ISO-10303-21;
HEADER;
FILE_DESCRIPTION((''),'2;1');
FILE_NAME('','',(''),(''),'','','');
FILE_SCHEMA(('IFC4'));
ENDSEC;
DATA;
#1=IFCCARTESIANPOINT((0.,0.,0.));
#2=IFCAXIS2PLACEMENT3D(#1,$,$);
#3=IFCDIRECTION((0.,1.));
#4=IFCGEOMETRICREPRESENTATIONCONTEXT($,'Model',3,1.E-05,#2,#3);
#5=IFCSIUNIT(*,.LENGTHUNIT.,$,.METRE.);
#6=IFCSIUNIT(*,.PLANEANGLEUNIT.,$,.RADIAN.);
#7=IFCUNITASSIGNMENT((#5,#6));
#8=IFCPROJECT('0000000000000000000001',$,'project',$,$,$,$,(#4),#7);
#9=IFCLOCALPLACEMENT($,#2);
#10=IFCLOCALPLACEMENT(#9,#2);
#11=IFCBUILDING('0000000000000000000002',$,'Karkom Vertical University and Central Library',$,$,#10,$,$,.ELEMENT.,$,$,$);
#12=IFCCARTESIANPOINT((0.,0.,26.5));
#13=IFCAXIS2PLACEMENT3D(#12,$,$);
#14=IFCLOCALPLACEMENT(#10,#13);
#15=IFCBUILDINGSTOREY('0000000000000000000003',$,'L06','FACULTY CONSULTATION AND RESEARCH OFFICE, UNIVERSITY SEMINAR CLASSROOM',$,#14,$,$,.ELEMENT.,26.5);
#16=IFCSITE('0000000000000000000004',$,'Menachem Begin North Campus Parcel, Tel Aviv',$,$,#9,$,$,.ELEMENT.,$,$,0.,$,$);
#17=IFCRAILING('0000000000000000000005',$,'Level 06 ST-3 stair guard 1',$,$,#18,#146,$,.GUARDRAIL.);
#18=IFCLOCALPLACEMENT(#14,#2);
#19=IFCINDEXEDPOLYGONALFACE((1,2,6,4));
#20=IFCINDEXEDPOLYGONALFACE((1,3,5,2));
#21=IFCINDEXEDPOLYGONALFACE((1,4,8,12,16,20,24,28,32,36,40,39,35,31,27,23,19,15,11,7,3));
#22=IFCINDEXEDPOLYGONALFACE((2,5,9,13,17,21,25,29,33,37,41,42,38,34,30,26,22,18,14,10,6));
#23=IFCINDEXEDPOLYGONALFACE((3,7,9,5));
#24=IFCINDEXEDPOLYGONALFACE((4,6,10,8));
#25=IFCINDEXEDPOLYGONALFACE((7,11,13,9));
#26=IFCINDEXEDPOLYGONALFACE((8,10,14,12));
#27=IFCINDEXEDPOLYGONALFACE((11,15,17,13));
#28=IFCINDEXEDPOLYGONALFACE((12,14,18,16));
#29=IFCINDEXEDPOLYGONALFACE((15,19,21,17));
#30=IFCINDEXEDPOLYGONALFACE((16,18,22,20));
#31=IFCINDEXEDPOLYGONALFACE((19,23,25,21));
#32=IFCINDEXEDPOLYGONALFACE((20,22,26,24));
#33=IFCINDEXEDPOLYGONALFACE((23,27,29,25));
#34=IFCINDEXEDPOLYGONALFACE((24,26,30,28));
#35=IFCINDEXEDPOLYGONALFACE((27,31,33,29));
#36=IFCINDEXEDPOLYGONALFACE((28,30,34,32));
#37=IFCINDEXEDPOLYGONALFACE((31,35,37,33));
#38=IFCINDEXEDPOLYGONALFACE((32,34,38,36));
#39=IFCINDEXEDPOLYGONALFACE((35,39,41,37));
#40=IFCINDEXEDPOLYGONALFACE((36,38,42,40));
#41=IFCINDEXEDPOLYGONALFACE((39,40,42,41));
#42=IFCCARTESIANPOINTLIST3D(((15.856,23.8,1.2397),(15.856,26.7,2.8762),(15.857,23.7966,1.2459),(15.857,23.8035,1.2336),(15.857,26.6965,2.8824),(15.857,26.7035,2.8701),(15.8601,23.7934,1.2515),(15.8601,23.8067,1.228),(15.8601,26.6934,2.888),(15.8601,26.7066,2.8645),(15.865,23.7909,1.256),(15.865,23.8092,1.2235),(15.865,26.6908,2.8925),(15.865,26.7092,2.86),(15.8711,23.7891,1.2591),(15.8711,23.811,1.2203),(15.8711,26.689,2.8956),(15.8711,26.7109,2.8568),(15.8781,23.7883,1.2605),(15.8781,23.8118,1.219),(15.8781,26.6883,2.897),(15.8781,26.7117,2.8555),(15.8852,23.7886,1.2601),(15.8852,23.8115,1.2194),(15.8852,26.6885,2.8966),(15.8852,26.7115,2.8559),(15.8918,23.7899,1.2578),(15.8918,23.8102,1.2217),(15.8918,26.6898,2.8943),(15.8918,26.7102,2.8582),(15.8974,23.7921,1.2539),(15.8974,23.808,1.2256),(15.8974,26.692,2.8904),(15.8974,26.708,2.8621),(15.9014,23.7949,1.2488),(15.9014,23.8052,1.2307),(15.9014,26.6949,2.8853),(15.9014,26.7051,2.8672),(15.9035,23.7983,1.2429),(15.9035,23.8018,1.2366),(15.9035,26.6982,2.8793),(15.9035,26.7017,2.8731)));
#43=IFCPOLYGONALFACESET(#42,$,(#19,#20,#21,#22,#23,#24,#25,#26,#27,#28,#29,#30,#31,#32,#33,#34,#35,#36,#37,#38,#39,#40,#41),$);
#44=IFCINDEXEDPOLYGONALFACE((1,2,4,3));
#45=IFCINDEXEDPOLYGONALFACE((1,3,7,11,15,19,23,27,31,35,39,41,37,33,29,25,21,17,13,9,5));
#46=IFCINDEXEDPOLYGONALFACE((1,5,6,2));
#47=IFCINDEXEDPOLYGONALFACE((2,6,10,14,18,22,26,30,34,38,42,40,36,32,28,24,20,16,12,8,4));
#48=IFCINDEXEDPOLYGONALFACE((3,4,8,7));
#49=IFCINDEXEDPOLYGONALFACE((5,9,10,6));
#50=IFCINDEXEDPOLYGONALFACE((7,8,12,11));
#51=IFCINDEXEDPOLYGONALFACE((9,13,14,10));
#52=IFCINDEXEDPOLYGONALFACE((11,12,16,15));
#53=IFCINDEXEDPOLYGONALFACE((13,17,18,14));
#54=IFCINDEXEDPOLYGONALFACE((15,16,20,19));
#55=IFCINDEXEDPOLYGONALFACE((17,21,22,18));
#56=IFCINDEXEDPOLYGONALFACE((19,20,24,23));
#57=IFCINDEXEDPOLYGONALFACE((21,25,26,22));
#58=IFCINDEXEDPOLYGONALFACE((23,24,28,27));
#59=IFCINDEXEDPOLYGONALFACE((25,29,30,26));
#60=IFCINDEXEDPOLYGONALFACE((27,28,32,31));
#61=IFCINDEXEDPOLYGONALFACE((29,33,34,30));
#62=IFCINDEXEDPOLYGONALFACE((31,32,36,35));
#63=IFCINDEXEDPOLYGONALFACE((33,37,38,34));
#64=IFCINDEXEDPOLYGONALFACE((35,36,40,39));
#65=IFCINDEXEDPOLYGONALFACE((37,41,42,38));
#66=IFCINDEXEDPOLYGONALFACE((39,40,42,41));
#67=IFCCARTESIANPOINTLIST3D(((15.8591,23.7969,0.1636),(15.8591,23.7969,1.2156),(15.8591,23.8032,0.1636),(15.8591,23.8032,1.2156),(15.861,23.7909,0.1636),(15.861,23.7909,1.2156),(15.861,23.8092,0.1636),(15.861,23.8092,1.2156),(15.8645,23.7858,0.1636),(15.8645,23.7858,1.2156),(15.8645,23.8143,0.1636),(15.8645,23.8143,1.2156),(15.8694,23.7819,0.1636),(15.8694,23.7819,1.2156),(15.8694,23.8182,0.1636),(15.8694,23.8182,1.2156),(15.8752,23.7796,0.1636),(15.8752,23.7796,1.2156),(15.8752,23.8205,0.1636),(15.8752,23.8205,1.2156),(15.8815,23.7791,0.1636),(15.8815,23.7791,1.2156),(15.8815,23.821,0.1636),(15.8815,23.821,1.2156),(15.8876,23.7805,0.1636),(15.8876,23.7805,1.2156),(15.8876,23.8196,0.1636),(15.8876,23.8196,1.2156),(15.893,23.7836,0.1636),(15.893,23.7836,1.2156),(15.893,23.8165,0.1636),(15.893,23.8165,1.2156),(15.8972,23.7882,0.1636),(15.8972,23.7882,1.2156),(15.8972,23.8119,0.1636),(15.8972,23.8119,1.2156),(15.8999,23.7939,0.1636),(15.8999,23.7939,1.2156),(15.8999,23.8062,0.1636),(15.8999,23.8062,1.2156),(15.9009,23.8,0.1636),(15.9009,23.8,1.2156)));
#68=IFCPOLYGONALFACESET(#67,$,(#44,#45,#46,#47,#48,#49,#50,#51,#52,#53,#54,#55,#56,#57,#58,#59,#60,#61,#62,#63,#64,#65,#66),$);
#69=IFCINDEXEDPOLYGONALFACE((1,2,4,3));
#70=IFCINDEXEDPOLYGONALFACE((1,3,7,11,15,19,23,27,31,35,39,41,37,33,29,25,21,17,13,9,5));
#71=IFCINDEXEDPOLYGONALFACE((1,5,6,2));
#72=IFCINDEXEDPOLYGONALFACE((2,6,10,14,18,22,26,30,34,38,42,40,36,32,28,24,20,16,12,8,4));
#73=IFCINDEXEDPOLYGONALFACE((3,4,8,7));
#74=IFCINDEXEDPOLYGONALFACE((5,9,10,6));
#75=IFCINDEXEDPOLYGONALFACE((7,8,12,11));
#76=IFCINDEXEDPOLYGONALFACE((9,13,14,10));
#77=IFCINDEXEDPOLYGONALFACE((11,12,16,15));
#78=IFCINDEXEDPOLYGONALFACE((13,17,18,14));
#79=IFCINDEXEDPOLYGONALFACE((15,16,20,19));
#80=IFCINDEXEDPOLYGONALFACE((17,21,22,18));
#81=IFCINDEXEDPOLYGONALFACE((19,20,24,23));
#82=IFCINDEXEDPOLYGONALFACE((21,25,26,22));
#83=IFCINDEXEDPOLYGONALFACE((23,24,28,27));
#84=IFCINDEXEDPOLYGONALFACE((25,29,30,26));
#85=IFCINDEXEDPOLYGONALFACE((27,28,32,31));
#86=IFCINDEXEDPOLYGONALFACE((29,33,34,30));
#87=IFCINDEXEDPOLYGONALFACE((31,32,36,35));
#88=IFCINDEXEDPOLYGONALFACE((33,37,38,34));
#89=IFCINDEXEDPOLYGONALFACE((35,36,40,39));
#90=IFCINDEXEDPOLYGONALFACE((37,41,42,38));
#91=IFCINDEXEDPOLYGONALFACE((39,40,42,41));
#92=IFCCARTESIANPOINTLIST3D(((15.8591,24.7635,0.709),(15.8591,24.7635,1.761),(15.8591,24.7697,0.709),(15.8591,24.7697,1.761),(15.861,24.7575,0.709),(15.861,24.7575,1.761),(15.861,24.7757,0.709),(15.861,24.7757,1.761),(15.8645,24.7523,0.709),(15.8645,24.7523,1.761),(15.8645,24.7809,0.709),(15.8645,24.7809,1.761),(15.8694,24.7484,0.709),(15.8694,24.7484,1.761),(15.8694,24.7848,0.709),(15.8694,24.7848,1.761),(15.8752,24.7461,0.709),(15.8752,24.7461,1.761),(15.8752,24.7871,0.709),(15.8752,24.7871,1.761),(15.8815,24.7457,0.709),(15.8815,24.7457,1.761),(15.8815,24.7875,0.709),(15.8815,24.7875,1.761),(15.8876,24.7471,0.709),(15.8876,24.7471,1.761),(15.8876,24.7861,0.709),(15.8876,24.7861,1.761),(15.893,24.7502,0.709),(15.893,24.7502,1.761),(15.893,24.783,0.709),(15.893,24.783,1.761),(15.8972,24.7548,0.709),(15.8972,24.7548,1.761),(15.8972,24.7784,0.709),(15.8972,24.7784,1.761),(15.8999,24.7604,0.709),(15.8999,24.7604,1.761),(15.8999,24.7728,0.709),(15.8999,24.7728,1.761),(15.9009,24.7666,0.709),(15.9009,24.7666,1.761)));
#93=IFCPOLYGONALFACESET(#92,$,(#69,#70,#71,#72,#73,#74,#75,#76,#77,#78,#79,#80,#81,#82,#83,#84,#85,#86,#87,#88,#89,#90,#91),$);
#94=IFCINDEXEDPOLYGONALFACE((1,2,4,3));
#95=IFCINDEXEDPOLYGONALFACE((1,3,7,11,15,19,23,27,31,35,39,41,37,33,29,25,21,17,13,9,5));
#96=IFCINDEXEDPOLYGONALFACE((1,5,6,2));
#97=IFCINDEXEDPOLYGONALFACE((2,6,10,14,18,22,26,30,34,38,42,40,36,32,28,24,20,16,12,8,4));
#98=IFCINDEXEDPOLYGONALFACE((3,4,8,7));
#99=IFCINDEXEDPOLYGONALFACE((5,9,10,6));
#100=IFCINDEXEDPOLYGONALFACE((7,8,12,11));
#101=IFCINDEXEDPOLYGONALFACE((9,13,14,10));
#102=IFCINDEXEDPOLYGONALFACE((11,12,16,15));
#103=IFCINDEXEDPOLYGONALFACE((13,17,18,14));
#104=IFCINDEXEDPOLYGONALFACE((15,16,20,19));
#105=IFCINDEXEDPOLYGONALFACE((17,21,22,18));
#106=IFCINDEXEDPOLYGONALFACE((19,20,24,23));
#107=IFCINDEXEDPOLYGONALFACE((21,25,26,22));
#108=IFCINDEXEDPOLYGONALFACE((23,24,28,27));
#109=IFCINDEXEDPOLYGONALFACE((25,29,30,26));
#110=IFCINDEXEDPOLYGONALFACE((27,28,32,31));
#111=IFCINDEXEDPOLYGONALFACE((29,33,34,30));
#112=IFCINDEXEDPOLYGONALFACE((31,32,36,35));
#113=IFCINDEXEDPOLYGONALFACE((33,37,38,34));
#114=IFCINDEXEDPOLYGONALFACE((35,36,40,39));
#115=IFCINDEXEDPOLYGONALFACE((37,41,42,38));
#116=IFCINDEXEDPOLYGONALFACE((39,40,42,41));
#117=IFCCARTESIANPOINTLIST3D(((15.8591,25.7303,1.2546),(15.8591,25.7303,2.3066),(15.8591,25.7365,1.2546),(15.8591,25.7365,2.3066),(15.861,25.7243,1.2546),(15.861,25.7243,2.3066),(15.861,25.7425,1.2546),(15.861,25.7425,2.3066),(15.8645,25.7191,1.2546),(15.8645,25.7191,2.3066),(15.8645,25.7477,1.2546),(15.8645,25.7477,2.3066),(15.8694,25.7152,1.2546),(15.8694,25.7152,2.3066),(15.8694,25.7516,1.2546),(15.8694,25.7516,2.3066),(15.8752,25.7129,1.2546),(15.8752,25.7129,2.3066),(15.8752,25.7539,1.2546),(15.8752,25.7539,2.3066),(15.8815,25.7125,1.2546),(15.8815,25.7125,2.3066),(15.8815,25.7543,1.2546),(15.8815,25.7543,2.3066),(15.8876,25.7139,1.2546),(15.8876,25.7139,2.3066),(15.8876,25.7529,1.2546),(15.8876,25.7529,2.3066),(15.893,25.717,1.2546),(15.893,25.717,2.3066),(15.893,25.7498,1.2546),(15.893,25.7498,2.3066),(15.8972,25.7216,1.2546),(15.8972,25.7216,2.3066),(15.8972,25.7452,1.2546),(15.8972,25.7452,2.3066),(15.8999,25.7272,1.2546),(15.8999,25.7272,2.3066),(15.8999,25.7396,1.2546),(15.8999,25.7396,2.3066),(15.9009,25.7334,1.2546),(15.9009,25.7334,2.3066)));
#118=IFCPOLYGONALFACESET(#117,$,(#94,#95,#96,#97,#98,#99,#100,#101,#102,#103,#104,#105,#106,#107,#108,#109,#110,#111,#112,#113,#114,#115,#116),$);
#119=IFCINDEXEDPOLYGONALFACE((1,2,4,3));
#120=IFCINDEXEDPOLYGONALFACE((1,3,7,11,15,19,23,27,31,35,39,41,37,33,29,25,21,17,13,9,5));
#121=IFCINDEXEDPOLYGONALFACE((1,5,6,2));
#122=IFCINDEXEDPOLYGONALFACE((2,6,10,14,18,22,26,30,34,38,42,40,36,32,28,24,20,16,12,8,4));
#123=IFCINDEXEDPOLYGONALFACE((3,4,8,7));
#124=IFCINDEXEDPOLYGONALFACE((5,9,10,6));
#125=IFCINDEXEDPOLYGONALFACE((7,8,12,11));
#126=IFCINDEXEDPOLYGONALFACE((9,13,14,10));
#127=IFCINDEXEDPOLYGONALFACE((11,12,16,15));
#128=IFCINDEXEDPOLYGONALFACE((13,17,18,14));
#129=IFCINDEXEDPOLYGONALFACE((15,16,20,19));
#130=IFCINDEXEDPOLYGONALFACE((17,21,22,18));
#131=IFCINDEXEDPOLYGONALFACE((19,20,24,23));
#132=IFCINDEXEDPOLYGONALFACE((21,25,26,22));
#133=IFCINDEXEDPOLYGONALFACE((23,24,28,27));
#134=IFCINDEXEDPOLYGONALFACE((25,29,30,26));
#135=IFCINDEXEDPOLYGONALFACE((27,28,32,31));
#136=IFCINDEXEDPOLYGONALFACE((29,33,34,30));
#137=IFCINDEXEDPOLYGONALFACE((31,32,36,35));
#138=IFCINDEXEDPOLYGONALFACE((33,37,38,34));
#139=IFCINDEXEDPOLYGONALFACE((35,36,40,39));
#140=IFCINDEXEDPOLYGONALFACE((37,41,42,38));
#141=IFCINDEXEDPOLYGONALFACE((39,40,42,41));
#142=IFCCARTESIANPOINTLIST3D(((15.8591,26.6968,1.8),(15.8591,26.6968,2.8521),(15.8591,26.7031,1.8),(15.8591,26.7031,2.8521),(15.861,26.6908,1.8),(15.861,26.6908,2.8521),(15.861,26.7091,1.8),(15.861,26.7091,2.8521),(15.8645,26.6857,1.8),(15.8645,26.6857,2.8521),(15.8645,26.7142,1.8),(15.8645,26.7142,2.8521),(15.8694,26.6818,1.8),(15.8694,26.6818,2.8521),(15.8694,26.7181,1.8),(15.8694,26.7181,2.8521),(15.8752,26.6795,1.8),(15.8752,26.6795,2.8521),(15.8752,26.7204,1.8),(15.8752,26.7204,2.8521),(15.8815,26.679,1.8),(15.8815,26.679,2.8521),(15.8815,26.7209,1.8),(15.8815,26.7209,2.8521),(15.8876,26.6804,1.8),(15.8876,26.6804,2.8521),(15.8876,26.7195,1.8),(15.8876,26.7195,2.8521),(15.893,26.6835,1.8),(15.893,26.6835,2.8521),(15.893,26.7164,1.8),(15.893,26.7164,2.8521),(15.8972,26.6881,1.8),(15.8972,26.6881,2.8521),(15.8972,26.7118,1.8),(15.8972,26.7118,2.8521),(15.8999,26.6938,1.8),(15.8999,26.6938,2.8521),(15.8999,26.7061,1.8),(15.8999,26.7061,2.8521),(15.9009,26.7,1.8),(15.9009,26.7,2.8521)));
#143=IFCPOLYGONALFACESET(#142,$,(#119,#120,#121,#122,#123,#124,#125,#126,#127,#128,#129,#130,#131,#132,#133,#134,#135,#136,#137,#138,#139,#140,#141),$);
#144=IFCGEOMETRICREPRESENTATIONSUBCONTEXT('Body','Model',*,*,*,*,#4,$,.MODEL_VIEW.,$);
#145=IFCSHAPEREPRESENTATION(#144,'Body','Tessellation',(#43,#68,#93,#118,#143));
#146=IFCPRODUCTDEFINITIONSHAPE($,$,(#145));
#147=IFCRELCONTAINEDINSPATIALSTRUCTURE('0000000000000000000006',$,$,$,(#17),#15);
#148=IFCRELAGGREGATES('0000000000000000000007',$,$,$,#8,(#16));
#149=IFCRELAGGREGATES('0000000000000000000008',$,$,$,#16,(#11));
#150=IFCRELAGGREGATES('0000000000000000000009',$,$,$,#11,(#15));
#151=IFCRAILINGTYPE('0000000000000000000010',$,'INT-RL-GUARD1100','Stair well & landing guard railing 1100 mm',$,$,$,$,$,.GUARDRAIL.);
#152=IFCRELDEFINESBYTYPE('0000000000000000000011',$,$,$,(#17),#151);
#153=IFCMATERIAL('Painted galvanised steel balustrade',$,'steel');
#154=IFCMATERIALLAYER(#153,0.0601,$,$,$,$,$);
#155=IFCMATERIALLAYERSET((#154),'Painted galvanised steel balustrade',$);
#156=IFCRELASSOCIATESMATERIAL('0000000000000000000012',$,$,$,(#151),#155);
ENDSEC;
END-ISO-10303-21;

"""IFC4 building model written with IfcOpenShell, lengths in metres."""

from ifc_helpers import new_model, si_unit, direction, frame, origin, origin_2d, place, context, subcontext, project, spatial, circle, extrude, material, layer, layer_set, type_object, element, save


model = new_model("IFC4")

# Units and contexts
model_context = context("Model", 3, precision=1e-05, world=origin(), true_north=direction((0.0, 1.0)))
body_context = subcontext(model_context, "Body", "Model", "MODEL_VIEW")
ifc_project = project(units=[si_unit("LENGTHUNIT", "METRE"), si_unit("PLANEANGLEUNIT", "RADIAN")], contexts=[model_context])

# Site, building, storey
site_placement = place(None, origin())
site = spatial("IfcSite", under=ifc_project, at=site_placement, Name="Menachem Begin North Campus Parcel, Tel Aviv", CompositionType="ELEMENT", RefElevation=0.0)
building_placement = place(site_placement, origin())
building = spatial("IfcBuilding", under=site, at=building_placement, Name="Karkom Vertical University and Central Library", CompositionType="ELEMENT")
storey_placement = place(building_placement, frame((0.0, 0.0, 26.5)))
storey = spatial("IfcBuildingStorey", under=building, at=storey_placement, Name="L06", Description="FACULTY CONSULTATION AND RESEARCH OFFICE, UNIVERSITY SEMINAR CLASSROOM", CompositionType="ELEMENT", Elevation=26.5)

# Railing
ifc_material_1 = material(Name="Painted galvanised steel balustrade", Category="steel")
ifc_layer_1 = layer(ifc_material_1, 0.0601)
ifc_layer_set_1 = layer_set([ifc_layer_1], Name="Painted galvanised steel balustrade")
railing_type_1 = type_object("IfcRailingType", Name="INT-RL-GUARD1100", Description="Stair well & landing guard railing 1100 mm", PredefinedType="GUARDRAIL", material=ifc_layer_set_1)
railing_1_placement = place(storey_placement, frame((15.8799, 23.8, 0.1636)))
element("IfcRailing", 1, at=railing_1_placement, inside=storey, type_object=railing_type_1, Name="Level 06 ST-3 stair guard 1", PredefinedType="GUARDRAIL", context=body_context, shape_type="SweptSolid", body=[
    extrude(circle(Radius=0.0239, at=origin_2d()), frame((0.0, 0.0, 1.0762), z_axis=(0.0, 0.870897, 0.491465), x_axis=(-1.0, 0.0, 0.0)), (0.0, 0.0, 1.0), 3.3298),
    extrude(circle(Radius=0.021, at=origin_2d()), origin(), (0.0, 0.0, 1.0), 1.052),
    extrude(circle(Radius=0.021, at=origin_2d()), frame((0.0, 0.9666, 0.5454)), (0.0, 0.0, 1.0), 1.052),
    extrude(circle(Radius=0.021, at=origin_2d()), frame((0.0, 1.9333, 1.0911)), (0.0, 0.0, 1.0), 1.052),
    extrude(circle(Radius=0.021, at=origin_2d()), frame((0.0, 2.8999, 1.6365)), (0.0, 0.0, 1.0), 1.052),
])

save(model, "model.ifc")
